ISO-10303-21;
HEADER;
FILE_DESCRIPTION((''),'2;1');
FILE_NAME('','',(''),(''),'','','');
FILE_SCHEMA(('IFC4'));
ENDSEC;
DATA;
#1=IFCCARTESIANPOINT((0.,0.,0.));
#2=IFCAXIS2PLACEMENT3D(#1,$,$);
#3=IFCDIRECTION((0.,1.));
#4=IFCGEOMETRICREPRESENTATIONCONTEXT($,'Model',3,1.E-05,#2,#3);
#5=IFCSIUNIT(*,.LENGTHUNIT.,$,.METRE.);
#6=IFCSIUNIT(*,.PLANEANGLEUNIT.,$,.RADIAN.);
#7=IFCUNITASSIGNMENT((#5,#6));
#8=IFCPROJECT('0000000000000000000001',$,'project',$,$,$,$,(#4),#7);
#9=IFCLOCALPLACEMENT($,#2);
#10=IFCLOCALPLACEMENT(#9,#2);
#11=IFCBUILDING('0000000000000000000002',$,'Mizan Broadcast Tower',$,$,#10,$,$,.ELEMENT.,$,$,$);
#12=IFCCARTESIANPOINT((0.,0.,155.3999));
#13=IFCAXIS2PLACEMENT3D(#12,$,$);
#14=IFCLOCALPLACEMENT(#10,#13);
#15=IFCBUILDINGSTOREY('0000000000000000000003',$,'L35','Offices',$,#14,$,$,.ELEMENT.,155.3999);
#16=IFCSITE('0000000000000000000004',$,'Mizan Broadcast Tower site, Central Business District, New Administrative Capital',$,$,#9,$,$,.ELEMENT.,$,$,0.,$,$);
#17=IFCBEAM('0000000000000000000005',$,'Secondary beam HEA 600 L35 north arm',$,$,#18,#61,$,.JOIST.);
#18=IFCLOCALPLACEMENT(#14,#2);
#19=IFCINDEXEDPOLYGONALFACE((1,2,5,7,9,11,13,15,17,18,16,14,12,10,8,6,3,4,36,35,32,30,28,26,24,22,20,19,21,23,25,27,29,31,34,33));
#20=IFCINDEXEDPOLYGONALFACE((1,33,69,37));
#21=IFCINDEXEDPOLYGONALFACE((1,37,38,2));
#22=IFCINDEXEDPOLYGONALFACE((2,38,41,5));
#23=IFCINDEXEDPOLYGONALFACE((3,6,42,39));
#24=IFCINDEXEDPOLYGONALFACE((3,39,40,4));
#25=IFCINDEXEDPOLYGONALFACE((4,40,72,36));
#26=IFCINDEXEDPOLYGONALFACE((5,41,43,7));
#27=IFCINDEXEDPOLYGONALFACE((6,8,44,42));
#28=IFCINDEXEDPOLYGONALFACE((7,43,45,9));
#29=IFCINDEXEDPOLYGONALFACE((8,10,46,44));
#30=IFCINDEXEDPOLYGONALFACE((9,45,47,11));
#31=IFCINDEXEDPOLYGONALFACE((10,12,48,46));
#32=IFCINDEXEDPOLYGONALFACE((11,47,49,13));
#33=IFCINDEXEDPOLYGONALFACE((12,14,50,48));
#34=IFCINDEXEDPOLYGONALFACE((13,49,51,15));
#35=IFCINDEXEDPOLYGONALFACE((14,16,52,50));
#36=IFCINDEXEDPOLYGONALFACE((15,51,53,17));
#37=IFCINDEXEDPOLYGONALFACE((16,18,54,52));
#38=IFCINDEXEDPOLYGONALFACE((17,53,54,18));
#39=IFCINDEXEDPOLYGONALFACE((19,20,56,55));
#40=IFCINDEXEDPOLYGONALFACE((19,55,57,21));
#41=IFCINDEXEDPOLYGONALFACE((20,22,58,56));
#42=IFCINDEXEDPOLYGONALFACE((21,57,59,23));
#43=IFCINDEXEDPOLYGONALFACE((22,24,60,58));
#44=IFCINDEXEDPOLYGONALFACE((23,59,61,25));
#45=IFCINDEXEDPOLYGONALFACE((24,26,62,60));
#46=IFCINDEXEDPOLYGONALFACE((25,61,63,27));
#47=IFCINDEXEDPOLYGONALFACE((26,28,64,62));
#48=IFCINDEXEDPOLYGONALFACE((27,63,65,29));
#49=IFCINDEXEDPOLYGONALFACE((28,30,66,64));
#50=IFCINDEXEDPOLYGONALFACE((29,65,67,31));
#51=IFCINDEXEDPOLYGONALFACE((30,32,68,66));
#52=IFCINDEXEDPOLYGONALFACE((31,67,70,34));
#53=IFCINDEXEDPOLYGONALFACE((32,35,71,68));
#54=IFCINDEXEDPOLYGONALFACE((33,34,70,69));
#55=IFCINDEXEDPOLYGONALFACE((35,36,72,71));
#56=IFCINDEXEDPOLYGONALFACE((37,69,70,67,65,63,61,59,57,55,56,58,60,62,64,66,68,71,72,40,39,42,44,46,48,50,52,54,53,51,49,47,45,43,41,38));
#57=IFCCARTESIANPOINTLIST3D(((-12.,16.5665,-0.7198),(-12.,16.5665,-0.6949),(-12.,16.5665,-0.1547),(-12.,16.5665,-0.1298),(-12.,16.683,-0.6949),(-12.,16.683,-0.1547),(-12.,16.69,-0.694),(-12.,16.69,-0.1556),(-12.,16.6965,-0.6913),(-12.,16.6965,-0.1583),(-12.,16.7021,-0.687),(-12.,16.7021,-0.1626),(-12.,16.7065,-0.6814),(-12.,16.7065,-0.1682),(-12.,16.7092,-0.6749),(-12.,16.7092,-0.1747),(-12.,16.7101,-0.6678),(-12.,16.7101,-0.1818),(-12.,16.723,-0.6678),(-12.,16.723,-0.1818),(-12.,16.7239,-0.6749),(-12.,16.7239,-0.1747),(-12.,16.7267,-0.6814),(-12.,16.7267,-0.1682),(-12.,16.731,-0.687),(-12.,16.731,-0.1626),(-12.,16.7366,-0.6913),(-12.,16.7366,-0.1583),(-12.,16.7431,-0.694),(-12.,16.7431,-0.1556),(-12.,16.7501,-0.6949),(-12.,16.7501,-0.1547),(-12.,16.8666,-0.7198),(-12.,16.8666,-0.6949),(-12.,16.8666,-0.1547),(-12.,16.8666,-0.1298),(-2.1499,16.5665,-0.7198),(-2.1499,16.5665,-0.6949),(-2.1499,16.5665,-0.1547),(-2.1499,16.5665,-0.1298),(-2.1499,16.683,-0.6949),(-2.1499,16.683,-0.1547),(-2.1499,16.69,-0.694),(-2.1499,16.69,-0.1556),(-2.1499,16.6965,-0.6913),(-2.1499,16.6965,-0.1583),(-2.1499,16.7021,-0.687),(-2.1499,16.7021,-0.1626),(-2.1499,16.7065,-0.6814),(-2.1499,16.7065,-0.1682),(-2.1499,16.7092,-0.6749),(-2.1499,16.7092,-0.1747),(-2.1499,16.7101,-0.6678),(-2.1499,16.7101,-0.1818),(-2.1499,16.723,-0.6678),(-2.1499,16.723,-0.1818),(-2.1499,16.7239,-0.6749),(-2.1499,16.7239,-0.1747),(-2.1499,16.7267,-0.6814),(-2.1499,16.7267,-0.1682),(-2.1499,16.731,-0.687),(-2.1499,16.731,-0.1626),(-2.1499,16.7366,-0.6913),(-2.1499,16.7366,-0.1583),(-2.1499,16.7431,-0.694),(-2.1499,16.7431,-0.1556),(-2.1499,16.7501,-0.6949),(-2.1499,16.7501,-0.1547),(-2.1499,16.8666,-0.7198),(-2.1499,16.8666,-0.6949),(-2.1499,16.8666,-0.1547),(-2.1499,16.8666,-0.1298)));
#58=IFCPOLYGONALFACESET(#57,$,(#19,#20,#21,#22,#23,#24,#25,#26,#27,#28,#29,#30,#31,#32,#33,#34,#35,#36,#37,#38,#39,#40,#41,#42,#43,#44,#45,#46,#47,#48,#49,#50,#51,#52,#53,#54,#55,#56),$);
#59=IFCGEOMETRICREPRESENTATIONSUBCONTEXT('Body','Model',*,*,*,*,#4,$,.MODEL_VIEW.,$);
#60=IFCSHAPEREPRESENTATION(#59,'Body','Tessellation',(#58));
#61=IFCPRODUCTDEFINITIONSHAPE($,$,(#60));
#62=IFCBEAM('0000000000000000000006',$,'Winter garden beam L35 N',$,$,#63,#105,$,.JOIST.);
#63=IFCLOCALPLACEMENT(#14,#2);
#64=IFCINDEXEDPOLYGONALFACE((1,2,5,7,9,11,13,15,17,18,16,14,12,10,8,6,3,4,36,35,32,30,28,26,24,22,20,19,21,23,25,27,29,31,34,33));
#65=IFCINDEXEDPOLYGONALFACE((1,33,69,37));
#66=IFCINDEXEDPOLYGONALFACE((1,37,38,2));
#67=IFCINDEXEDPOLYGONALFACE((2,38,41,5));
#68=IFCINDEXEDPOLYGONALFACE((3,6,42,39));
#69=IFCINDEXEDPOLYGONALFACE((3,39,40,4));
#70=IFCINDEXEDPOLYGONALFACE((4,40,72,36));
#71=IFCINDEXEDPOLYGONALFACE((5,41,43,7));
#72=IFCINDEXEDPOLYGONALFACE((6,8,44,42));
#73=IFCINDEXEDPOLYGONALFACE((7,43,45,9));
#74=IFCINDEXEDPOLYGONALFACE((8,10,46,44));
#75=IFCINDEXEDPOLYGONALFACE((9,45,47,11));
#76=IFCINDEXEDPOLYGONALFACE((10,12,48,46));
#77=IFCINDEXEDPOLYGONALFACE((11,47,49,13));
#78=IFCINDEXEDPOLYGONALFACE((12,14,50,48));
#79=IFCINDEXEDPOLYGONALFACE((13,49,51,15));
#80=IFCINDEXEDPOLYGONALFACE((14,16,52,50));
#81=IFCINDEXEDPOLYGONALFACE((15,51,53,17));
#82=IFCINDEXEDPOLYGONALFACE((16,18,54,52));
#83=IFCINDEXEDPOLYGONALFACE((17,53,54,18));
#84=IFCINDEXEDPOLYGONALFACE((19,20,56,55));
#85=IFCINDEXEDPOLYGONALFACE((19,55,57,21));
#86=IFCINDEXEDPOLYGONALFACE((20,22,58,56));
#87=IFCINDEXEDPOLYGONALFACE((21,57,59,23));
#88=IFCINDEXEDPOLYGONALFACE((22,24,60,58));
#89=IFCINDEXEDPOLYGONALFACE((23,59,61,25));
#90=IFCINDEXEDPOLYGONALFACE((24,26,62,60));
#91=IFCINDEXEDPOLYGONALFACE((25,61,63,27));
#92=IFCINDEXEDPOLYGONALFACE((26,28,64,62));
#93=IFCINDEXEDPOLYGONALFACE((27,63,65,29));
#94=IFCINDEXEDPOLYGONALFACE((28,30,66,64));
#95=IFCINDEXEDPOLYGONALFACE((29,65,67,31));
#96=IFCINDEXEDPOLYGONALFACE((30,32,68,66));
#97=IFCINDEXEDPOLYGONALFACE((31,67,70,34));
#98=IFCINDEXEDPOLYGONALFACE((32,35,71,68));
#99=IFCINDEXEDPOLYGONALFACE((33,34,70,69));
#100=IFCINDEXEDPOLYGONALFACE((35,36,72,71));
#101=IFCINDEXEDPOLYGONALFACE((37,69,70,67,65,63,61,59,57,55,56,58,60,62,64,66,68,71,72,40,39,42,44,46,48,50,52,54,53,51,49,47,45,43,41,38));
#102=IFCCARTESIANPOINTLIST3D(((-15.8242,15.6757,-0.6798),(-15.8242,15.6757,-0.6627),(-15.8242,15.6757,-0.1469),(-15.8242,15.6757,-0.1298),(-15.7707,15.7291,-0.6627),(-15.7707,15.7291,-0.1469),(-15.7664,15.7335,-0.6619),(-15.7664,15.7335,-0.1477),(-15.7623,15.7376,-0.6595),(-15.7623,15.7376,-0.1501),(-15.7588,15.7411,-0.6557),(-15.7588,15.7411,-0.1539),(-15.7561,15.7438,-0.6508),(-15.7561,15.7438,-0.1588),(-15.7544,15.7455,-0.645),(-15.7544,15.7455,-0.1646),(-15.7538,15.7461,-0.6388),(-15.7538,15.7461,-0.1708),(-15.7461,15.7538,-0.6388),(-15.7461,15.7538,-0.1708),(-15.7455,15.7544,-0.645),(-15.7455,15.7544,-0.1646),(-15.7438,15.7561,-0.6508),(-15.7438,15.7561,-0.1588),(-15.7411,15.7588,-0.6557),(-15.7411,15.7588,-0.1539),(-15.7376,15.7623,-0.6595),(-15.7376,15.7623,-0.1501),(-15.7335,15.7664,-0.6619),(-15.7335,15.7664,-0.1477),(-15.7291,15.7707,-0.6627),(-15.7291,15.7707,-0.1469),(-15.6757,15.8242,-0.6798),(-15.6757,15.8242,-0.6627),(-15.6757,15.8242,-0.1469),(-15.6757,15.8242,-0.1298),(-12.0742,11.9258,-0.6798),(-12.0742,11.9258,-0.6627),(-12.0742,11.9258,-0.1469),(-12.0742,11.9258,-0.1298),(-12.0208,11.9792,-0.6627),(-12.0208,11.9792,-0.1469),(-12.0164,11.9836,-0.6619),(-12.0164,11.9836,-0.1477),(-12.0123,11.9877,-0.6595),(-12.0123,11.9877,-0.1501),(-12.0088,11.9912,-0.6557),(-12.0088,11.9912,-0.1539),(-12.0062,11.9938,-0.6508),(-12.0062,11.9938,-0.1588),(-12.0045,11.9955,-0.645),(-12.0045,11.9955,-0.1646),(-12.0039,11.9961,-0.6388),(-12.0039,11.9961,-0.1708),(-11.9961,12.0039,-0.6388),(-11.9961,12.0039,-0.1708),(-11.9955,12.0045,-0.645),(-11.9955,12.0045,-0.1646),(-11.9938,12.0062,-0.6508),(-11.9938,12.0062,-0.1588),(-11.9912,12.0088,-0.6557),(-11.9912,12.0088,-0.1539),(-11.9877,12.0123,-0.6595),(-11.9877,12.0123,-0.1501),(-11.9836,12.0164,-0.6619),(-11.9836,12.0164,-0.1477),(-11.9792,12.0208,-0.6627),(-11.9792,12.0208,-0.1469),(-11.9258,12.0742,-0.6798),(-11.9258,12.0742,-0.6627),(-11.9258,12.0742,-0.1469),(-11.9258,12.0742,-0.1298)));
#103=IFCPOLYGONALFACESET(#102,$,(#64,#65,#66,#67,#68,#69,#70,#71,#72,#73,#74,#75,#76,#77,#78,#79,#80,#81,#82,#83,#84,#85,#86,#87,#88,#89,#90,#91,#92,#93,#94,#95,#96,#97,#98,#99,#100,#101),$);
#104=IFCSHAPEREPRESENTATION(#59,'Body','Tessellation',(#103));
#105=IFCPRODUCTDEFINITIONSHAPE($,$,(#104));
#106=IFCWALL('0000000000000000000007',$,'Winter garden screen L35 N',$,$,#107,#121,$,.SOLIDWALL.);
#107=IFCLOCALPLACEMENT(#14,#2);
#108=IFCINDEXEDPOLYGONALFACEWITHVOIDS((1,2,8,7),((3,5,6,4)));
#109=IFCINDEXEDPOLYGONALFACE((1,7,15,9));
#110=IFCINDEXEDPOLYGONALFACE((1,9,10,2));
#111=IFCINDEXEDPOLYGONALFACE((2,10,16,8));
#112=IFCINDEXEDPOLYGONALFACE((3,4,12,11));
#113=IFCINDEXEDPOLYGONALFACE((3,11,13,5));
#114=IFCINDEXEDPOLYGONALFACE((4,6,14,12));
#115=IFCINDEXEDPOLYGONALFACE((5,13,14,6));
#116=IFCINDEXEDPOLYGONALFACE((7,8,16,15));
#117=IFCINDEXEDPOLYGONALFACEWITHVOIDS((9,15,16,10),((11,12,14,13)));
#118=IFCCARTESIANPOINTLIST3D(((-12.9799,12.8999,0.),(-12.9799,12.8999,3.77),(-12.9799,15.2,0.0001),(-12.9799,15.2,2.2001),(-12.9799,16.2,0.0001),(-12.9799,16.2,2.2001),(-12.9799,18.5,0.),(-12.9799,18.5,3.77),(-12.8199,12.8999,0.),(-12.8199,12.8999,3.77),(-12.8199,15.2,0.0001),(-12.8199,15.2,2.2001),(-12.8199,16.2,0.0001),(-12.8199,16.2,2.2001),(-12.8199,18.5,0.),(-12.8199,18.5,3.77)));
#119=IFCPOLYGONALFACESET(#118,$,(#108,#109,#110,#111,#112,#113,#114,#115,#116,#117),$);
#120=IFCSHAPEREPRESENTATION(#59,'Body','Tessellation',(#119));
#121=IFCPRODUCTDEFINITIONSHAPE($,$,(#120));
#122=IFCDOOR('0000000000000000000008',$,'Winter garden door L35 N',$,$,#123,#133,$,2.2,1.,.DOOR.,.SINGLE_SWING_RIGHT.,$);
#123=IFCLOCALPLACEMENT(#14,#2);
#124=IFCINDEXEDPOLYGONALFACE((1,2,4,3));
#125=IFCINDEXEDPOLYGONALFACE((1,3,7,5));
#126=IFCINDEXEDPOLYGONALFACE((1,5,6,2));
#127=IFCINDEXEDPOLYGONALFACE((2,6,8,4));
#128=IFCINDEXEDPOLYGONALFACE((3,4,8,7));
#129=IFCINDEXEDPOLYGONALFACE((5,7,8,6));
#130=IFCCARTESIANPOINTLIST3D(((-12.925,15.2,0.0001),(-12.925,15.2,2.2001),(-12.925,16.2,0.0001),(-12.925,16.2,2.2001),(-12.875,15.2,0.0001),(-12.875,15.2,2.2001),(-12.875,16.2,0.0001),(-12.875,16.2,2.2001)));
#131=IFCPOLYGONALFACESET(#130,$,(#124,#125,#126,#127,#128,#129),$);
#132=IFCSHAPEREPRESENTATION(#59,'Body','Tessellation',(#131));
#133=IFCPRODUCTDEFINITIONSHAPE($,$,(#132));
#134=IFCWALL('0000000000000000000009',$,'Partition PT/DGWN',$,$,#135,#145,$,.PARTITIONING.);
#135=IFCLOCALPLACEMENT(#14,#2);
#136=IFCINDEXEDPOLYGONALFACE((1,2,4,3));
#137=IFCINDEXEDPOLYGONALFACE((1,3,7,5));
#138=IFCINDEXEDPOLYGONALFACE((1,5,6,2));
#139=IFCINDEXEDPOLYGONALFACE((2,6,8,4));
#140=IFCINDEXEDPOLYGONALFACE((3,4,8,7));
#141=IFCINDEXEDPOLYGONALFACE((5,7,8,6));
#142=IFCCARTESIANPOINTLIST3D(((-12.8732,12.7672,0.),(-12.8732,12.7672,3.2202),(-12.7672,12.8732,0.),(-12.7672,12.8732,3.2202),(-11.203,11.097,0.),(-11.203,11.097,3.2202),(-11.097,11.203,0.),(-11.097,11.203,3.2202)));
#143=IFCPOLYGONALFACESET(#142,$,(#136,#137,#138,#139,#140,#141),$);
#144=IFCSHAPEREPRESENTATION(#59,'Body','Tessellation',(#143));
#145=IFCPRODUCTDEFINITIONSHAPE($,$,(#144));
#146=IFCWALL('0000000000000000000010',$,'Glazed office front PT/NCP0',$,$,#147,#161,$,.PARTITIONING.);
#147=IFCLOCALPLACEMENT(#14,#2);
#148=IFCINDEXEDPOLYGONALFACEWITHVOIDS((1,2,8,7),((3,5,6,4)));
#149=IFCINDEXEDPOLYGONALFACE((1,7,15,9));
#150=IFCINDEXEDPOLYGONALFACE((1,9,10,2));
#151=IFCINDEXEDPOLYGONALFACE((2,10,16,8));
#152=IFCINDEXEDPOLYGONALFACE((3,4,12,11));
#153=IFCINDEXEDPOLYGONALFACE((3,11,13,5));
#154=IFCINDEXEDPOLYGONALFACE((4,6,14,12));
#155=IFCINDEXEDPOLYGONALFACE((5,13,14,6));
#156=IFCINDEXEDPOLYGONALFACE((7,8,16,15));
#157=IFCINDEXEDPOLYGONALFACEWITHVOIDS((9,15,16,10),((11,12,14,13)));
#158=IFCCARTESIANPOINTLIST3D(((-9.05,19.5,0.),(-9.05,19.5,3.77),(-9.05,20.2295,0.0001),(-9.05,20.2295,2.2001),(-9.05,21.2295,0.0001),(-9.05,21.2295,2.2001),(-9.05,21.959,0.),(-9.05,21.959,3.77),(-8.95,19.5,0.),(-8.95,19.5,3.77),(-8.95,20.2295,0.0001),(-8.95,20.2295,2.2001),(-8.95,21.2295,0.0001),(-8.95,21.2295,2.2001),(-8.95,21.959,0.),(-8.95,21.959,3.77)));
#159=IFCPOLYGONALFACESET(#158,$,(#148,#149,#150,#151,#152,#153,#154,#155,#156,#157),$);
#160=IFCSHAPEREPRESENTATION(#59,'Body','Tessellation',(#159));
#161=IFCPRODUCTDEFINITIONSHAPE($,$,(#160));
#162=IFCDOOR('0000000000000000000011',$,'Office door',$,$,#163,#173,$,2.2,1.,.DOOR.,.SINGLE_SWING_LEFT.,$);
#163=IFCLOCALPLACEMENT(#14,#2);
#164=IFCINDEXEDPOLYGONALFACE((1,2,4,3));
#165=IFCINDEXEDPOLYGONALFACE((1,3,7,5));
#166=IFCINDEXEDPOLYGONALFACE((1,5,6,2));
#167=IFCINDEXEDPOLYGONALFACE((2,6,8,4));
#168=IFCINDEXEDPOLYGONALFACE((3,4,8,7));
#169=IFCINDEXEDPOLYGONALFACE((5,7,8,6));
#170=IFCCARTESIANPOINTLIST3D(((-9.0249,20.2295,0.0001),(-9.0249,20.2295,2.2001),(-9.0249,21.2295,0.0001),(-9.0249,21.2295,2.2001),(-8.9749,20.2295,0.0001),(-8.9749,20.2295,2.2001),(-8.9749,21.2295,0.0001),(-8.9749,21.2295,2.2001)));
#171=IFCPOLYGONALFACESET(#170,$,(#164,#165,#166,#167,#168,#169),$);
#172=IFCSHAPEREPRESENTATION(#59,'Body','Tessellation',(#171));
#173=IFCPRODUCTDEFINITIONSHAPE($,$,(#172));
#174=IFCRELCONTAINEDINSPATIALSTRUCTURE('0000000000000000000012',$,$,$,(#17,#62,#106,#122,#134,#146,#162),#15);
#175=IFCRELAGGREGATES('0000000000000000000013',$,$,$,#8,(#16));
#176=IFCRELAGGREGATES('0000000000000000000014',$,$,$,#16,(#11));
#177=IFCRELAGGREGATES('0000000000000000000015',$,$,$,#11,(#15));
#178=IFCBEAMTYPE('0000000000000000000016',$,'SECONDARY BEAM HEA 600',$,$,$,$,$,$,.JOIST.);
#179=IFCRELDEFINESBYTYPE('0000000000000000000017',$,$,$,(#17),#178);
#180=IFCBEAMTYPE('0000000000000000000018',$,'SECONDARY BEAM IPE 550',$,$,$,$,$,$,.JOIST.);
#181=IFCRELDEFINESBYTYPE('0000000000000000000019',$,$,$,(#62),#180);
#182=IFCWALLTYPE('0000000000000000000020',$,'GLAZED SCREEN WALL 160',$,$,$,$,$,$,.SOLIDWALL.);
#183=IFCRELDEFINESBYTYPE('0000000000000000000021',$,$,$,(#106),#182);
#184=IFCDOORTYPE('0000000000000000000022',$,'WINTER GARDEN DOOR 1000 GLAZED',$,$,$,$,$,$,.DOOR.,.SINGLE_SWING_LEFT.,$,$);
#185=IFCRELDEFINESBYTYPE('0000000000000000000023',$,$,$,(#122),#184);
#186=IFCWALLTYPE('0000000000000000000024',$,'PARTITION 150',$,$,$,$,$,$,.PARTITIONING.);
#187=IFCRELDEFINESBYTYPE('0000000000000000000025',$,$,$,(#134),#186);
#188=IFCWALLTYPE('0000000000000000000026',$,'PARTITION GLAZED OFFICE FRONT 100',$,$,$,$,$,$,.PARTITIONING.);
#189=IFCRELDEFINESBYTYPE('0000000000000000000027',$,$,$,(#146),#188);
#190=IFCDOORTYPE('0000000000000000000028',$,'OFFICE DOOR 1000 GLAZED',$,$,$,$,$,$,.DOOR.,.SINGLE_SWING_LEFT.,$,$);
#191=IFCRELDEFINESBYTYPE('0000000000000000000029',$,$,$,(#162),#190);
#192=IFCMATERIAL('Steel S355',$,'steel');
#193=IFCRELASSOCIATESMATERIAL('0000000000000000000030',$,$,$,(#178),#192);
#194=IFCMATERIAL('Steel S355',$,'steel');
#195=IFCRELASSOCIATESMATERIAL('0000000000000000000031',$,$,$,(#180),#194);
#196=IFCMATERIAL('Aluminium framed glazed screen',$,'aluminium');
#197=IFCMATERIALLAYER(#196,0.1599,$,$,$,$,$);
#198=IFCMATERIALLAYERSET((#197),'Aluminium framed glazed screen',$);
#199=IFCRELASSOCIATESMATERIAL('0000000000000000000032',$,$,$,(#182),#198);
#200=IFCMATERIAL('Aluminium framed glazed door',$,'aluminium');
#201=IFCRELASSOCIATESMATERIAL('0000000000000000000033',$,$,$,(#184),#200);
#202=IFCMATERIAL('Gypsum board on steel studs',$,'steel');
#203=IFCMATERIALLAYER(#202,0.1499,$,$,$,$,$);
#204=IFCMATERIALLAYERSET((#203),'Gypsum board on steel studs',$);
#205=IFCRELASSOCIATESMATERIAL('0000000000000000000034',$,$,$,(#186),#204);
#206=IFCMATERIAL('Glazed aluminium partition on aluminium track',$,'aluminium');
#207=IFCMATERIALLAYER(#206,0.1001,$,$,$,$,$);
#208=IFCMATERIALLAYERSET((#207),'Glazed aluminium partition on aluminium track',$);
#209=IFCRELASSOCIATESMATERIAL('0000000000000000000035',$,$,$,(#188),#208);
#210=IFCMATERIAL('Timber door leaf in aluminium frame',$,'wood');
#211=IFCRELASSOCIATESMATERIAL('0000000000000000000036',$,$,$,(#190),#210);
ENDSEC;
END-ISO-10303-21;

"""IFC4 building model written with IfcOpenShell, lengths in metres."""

from ifc_helpers import new_model, si_unit, direction, frame, frame_2d, origin, origin_2d, place, context, subcontext, project, spatial, rectangle, i_section, extrude, material, layer, layer_set, material_profile, profile_set, type_object, element, fill, save


model = new_model("IFC4")

# Units and contexts
model_context = context("Model", 3, precision=1e-05, world=origin(), true_north=direction((0.0, 1.0)))
body_context = subcontext(model_context, "Body", "Model", "MODEL_VIEW")
ifc_project = project(units=[si_unit("LENGTHUNIT", "METRE"), si_unit("PLANEANGLEUNIT", "RADIAN")], contexts=[model_context])

# Site, building, storey
site_placement = place(None, origin())
site = spatial("IfcSite", under=ifc_project, at=site_placement, Name="Mizan Broadcast Tower site, Central Business District, New Administrative Capital", CompositionType="ELEMENT", RefElevation=0.0)
building_placement = place(site_placement, origin())
building = spatial("IfcBuilding", under=site, at=building_placement, Name="Mizan Broadcast Tower", CompositionType="ELEMENT")
storey_placement = place(building_placement, frame((0.0, 0.0, 155.3999)))
storey = spatial("IfcBuildingStorey", under=building, at=storey_placement, Name="L35", Description="Offices", CompositionType="ELEMENT", Elevation=155.3999)

# Beams
ifc_material_1 = material(Name="Steel S355", Category="steel")
ifc_material_profile_1 = material_profile(ifc_material_1, i_section(OverallWidth=0.3, OverallDepth=0.5901, WebThickness=0.0129, FlangeThickness=0.0249, FilletRadius=0.0271, at=origin_2d()), Name="HEA 600")
ifc_profile_set_1 = profile_set([ifc_material_profile_1], Name="Steel S355")
beam_type_1 = type_object("IfcBeamType", Name="SECONDARY BEAM HEA 600", PredefinedType="JOIST", material=ifc_profile_set_1)
for number, where, z_axis, x_axis, name in (
    (1, (-12.0, 16.7166, -0.4248), (1.0, 0.0, 0.0), (0.0, 1.0, 0.0), "Secondary beam HEA 600 L35 north arm"),
):
    element("IfcBeam", number, at=place(storey_placement, frame(where, z_axis=z_axis, x_axis=x_axis)), inside=storey, type_object=beam_type_1, Name=name, PredefinedType="JOIST", context=body_context, shape_type="SweptSolid", body=[
        extrude(i_section(OverallWidth=0.3, OverallDepth=0.5901, WebThickness=0.0129, FlangeThickness=0.0249, FilletRadius=0.0271, at=origin_2d()), origin(), (0.0, 0.0, 1.0), 9.8501),
    ])
ifc_material_2 = material(Name="Steel S355", Category="steel")
ifc_material_profile_2 = material_profile(ifc_material_2, i_section(OverallWidth=0.21, OverallDepth=0.55, WebThickness=0.011, FlangeThickness=0.0171, FilletRadius=0.0239, at=origin_2d()), Name="IPE 550")
ifc_profile_set_2 = profile_set([ifc_material_profile_2], Name="Steel S355")
beam_type_2 = type_object("IfcBeamType", Name="SECONDARY BEAM IPE 550", PredefinedType="JOIST", material=ifc_profile_set_2)
beam_1_placement = place(storey_placement, frame((-12.0, 12.0, -0.4048), z_axis=(-0.707107, 0.707107, 0.0), x_axis=(-0.707107, -0.707107, 0.0)))
element("IfcBeam", 2, at=beam_1_placement, inside=storey, type_object=beam_type_2, Name="Winter garden beam L35 N", PredefinedType="JOIST", context=body_context, shape_type="SweptSolid", body=[
    extrude(i_section(OverallWidth=0.21, OverallDepth=0.55, WebThickness=0.011, FlangeThickness=0.0171, FilletRadius=0.0239, at=origin_2d()), origin(), (0.0, 0.0, 1.0), 5.3032),
])

# Wall, opening, door
ifc_material_3 = material(Name="Aluminium framed glazed screen", Category="aluminium")
ifc_layer_1 = layer(ifc_material_3, 0.1599)
ifc_layer_set_1 = layer_set([ifc_layer_1], Name="Aluminium framed glazed screen")
wall_type_1 = type_object("IfcWallType", Name="GLAZED SCREEN WALL 160", PredefinedType="SOLIDWALL", material=ifc_layer_set_1)
wall_1_placement = place(storey_placement, frame((-12.8999, 18.5, 0.0), z_axis=(0.0, 0.0, 1.0), x_axis=(0.0, -1.0, 0.0)))
wall_1 = element("IfcWall", 3, at=wall_1_placement, inside=storey, type_object=wall_type_1, Name="Winter garden screen L35 N", PredefinedType="SOLIDWALL", context=body_context, shape_type="SweptSolid", body=[
    extrude(rectangle(XDim=5.6001, YDim=0.1599, at=frame_2d((2.8, 0.0))), origin(), (0.0, 0.0, 1.0), 3.77),
])
opening_1_placement = place(wall_1_placement, frame((2.3, 0.0, 0.0)))
opening_1 = element("IfcOpeningElement", 4, at=opening_1_placement, cuts=wall_1, PredefinedType="OPENING", context=body_context, shape_type="SweptSolid", body=[
    extrude(rectangle(XDim=1.0, YDim=2.2, at=frame_2d((0.5, 1.1001))), frame((0.0, 0.0898, 0.0), z_axis=(0.0, -1.0, 0.0), x_axis=(1.0, 0.0, 0.0)), (0.0, 0.0, 1.0), 0.1799),
])
ifc_material_4 = material(Name="Aluminium framed glazed door", Category="aluminium")
door_type_1 = type_object("IfcDoorType", Name="WINTER GARDEN DOOR 1000 GLAZED", OperationType="SINGLE_SWING_LEFT", PredefinedType="DOOR", material=ifc_material_4)
door_1_placement = place(opening_1_placement, origin())
door_1 = element("IfcDoor", 5, at=door_1_placement, inside=storey, type_object=door_type_1, Name="Winter garden door L35 N", OperationType="SINGLE_SWING_RIGHT", OverallHeight=2.2, OverallWidth=1.0, PredefinedType="DOOR", context=body_context, shape_type="SweptSolid", body=[
    extrude(rectangle(XDim=1.0, YDim=2.2, at=frame_2d((0.5, 1.1001))), frame((0.0, 0.0249, 0.0), z_axis=(0.0, -1.0, 0.0), x_axis=(1.0, 0.0, 0.0)), (0.0, 0.0, 1.0), 0.05),
])
fill(opening_1, door_1)

# Wall
ifc_material_5 = material(Name="Gypsum board on steel studs", Category="steel")
ifc_layer_2 = layer(ifc_material_5, 0.1499)
ifc_layer_set_2 = layer_set([ifc_layer_2], Name="Gypsum board on steel studs")
wall_type_2 = type_object("IfcWallType", Name="PARTITION 150", PredefinedType="PARTITIONING", material=ifc_layer_set_2)
wall_2_placement = place(storey_placement, frame((-11.1499, 11.1499, 0.0), z_axis=(0.0, 0.0, 1.0), x_axis=(-0.707107, 0.707107, 0.0)))
element("IfcWall", 6, at=wall_2_placement, inside=storey, type_object=wall_type_2, Name="Partition PT/DGWN", PredefinedType="PARTITIONING", context=body_context, shape_type="SweptSolid", body=[
    extrude(rectangle(XDim=2.3621, YDim=0.1499, at=frame_2d((1.1812, 0.0))), origin(), (0.0, 0.0, 1.0), 3.2202),
])

# Wall, opening, door
ifc_material_6 = material(Name="Glazed aluminium partition on aluminium track", Category="aluminium")
ifc_layer_3 = layer(ifc_material_6, 0.1001)
ifc_layer_set_3 = layer_set([ifc_layer_3], Name="Glazed aluminium partition on aluminium track")
wall_type_3 = type_object("IfcWallType", Name="PARTITION GLAZED OFFICE FRONT 100", PredefinedType="PARTITIONING", material=ifc_layer_set_3)
wall_3_placement = place(storey_placement, frame((-9.0, 19.5, 0.0), z_axis=(0.0, 0.0, 1.0), x_axis=(0.0, 1.0, 0.0)))
wall_3 = element("IfcWall", 7, at=wall_3_placement, inside=storey, type_object=wall_type_3, Name="Glazed office front PT/NCP0", PredefinedType="PARTITIONING", context=body_context, shape_type="SweptSolid", body=[
    extrude(rectangle(XDim=2.459, YDim=0.1001, at=frame_2d((1.2295, 0.0))), origin(), (0.0, 0.0, 1.0), 3.77),
])
opening_2_placement = place(wall_3_placement, frame((0.7295, 0.0, 0.0)))
opening_2 = element("IfcOpeningElement", 8, at=opening_2_placement, cuts=wall_3, PredefinedType="OPENING", context=body_context, shape_type="SweptSolid", body=[
    extrude(rectangle(XDim=1.0, YDim=2.2, at=frame_2d((0.5, 1.1001))), frame((0.0, 0.0601, 0.0), z_axis=(0.0, -1.0, 0.0), x_axis=(1.0, 0.0, 0.0)), (0.0, 0.0, 1.0), 0.1201),
])
ifc_material_7 = material(Name="Timber door leaf in aluminium frame", Category="wood")
door_type_2 = type_object("IfcDoorType", Name="OFFICE DOOR 1000 GLAZED", OperationType="SINGLE_SWING_LEFT", PredefinedType="DOOR", material=ifc_material_7)
door_2_placement = place(opening_2_placement, origin())
door_2 = element("IfcDoor", 9, at=door_2_placement, inside=storey, type_object=door_type_2, Name="Office door", OperationType="SINGLE_SWING_LEFT", OverallHeight=2.2, OverallWidth=1.0, PredefinedType="DOOR", context=body_context, shape_type="SweptSolid", body=[
    extrude(rectangle(XDim=1.0, YDim=2.2, at=frame_2d((0.5, 1.1001))), frame((0.0, 0.0249, 0.0), z_axis=(0.0, -1.0, 0.0), x_axis=(1.0, 0.0, 0.0)), (0.0, 0.0, 1.0), 0.05),
])
fill(opening_2, door_2)

save(model, "model.ifc")
